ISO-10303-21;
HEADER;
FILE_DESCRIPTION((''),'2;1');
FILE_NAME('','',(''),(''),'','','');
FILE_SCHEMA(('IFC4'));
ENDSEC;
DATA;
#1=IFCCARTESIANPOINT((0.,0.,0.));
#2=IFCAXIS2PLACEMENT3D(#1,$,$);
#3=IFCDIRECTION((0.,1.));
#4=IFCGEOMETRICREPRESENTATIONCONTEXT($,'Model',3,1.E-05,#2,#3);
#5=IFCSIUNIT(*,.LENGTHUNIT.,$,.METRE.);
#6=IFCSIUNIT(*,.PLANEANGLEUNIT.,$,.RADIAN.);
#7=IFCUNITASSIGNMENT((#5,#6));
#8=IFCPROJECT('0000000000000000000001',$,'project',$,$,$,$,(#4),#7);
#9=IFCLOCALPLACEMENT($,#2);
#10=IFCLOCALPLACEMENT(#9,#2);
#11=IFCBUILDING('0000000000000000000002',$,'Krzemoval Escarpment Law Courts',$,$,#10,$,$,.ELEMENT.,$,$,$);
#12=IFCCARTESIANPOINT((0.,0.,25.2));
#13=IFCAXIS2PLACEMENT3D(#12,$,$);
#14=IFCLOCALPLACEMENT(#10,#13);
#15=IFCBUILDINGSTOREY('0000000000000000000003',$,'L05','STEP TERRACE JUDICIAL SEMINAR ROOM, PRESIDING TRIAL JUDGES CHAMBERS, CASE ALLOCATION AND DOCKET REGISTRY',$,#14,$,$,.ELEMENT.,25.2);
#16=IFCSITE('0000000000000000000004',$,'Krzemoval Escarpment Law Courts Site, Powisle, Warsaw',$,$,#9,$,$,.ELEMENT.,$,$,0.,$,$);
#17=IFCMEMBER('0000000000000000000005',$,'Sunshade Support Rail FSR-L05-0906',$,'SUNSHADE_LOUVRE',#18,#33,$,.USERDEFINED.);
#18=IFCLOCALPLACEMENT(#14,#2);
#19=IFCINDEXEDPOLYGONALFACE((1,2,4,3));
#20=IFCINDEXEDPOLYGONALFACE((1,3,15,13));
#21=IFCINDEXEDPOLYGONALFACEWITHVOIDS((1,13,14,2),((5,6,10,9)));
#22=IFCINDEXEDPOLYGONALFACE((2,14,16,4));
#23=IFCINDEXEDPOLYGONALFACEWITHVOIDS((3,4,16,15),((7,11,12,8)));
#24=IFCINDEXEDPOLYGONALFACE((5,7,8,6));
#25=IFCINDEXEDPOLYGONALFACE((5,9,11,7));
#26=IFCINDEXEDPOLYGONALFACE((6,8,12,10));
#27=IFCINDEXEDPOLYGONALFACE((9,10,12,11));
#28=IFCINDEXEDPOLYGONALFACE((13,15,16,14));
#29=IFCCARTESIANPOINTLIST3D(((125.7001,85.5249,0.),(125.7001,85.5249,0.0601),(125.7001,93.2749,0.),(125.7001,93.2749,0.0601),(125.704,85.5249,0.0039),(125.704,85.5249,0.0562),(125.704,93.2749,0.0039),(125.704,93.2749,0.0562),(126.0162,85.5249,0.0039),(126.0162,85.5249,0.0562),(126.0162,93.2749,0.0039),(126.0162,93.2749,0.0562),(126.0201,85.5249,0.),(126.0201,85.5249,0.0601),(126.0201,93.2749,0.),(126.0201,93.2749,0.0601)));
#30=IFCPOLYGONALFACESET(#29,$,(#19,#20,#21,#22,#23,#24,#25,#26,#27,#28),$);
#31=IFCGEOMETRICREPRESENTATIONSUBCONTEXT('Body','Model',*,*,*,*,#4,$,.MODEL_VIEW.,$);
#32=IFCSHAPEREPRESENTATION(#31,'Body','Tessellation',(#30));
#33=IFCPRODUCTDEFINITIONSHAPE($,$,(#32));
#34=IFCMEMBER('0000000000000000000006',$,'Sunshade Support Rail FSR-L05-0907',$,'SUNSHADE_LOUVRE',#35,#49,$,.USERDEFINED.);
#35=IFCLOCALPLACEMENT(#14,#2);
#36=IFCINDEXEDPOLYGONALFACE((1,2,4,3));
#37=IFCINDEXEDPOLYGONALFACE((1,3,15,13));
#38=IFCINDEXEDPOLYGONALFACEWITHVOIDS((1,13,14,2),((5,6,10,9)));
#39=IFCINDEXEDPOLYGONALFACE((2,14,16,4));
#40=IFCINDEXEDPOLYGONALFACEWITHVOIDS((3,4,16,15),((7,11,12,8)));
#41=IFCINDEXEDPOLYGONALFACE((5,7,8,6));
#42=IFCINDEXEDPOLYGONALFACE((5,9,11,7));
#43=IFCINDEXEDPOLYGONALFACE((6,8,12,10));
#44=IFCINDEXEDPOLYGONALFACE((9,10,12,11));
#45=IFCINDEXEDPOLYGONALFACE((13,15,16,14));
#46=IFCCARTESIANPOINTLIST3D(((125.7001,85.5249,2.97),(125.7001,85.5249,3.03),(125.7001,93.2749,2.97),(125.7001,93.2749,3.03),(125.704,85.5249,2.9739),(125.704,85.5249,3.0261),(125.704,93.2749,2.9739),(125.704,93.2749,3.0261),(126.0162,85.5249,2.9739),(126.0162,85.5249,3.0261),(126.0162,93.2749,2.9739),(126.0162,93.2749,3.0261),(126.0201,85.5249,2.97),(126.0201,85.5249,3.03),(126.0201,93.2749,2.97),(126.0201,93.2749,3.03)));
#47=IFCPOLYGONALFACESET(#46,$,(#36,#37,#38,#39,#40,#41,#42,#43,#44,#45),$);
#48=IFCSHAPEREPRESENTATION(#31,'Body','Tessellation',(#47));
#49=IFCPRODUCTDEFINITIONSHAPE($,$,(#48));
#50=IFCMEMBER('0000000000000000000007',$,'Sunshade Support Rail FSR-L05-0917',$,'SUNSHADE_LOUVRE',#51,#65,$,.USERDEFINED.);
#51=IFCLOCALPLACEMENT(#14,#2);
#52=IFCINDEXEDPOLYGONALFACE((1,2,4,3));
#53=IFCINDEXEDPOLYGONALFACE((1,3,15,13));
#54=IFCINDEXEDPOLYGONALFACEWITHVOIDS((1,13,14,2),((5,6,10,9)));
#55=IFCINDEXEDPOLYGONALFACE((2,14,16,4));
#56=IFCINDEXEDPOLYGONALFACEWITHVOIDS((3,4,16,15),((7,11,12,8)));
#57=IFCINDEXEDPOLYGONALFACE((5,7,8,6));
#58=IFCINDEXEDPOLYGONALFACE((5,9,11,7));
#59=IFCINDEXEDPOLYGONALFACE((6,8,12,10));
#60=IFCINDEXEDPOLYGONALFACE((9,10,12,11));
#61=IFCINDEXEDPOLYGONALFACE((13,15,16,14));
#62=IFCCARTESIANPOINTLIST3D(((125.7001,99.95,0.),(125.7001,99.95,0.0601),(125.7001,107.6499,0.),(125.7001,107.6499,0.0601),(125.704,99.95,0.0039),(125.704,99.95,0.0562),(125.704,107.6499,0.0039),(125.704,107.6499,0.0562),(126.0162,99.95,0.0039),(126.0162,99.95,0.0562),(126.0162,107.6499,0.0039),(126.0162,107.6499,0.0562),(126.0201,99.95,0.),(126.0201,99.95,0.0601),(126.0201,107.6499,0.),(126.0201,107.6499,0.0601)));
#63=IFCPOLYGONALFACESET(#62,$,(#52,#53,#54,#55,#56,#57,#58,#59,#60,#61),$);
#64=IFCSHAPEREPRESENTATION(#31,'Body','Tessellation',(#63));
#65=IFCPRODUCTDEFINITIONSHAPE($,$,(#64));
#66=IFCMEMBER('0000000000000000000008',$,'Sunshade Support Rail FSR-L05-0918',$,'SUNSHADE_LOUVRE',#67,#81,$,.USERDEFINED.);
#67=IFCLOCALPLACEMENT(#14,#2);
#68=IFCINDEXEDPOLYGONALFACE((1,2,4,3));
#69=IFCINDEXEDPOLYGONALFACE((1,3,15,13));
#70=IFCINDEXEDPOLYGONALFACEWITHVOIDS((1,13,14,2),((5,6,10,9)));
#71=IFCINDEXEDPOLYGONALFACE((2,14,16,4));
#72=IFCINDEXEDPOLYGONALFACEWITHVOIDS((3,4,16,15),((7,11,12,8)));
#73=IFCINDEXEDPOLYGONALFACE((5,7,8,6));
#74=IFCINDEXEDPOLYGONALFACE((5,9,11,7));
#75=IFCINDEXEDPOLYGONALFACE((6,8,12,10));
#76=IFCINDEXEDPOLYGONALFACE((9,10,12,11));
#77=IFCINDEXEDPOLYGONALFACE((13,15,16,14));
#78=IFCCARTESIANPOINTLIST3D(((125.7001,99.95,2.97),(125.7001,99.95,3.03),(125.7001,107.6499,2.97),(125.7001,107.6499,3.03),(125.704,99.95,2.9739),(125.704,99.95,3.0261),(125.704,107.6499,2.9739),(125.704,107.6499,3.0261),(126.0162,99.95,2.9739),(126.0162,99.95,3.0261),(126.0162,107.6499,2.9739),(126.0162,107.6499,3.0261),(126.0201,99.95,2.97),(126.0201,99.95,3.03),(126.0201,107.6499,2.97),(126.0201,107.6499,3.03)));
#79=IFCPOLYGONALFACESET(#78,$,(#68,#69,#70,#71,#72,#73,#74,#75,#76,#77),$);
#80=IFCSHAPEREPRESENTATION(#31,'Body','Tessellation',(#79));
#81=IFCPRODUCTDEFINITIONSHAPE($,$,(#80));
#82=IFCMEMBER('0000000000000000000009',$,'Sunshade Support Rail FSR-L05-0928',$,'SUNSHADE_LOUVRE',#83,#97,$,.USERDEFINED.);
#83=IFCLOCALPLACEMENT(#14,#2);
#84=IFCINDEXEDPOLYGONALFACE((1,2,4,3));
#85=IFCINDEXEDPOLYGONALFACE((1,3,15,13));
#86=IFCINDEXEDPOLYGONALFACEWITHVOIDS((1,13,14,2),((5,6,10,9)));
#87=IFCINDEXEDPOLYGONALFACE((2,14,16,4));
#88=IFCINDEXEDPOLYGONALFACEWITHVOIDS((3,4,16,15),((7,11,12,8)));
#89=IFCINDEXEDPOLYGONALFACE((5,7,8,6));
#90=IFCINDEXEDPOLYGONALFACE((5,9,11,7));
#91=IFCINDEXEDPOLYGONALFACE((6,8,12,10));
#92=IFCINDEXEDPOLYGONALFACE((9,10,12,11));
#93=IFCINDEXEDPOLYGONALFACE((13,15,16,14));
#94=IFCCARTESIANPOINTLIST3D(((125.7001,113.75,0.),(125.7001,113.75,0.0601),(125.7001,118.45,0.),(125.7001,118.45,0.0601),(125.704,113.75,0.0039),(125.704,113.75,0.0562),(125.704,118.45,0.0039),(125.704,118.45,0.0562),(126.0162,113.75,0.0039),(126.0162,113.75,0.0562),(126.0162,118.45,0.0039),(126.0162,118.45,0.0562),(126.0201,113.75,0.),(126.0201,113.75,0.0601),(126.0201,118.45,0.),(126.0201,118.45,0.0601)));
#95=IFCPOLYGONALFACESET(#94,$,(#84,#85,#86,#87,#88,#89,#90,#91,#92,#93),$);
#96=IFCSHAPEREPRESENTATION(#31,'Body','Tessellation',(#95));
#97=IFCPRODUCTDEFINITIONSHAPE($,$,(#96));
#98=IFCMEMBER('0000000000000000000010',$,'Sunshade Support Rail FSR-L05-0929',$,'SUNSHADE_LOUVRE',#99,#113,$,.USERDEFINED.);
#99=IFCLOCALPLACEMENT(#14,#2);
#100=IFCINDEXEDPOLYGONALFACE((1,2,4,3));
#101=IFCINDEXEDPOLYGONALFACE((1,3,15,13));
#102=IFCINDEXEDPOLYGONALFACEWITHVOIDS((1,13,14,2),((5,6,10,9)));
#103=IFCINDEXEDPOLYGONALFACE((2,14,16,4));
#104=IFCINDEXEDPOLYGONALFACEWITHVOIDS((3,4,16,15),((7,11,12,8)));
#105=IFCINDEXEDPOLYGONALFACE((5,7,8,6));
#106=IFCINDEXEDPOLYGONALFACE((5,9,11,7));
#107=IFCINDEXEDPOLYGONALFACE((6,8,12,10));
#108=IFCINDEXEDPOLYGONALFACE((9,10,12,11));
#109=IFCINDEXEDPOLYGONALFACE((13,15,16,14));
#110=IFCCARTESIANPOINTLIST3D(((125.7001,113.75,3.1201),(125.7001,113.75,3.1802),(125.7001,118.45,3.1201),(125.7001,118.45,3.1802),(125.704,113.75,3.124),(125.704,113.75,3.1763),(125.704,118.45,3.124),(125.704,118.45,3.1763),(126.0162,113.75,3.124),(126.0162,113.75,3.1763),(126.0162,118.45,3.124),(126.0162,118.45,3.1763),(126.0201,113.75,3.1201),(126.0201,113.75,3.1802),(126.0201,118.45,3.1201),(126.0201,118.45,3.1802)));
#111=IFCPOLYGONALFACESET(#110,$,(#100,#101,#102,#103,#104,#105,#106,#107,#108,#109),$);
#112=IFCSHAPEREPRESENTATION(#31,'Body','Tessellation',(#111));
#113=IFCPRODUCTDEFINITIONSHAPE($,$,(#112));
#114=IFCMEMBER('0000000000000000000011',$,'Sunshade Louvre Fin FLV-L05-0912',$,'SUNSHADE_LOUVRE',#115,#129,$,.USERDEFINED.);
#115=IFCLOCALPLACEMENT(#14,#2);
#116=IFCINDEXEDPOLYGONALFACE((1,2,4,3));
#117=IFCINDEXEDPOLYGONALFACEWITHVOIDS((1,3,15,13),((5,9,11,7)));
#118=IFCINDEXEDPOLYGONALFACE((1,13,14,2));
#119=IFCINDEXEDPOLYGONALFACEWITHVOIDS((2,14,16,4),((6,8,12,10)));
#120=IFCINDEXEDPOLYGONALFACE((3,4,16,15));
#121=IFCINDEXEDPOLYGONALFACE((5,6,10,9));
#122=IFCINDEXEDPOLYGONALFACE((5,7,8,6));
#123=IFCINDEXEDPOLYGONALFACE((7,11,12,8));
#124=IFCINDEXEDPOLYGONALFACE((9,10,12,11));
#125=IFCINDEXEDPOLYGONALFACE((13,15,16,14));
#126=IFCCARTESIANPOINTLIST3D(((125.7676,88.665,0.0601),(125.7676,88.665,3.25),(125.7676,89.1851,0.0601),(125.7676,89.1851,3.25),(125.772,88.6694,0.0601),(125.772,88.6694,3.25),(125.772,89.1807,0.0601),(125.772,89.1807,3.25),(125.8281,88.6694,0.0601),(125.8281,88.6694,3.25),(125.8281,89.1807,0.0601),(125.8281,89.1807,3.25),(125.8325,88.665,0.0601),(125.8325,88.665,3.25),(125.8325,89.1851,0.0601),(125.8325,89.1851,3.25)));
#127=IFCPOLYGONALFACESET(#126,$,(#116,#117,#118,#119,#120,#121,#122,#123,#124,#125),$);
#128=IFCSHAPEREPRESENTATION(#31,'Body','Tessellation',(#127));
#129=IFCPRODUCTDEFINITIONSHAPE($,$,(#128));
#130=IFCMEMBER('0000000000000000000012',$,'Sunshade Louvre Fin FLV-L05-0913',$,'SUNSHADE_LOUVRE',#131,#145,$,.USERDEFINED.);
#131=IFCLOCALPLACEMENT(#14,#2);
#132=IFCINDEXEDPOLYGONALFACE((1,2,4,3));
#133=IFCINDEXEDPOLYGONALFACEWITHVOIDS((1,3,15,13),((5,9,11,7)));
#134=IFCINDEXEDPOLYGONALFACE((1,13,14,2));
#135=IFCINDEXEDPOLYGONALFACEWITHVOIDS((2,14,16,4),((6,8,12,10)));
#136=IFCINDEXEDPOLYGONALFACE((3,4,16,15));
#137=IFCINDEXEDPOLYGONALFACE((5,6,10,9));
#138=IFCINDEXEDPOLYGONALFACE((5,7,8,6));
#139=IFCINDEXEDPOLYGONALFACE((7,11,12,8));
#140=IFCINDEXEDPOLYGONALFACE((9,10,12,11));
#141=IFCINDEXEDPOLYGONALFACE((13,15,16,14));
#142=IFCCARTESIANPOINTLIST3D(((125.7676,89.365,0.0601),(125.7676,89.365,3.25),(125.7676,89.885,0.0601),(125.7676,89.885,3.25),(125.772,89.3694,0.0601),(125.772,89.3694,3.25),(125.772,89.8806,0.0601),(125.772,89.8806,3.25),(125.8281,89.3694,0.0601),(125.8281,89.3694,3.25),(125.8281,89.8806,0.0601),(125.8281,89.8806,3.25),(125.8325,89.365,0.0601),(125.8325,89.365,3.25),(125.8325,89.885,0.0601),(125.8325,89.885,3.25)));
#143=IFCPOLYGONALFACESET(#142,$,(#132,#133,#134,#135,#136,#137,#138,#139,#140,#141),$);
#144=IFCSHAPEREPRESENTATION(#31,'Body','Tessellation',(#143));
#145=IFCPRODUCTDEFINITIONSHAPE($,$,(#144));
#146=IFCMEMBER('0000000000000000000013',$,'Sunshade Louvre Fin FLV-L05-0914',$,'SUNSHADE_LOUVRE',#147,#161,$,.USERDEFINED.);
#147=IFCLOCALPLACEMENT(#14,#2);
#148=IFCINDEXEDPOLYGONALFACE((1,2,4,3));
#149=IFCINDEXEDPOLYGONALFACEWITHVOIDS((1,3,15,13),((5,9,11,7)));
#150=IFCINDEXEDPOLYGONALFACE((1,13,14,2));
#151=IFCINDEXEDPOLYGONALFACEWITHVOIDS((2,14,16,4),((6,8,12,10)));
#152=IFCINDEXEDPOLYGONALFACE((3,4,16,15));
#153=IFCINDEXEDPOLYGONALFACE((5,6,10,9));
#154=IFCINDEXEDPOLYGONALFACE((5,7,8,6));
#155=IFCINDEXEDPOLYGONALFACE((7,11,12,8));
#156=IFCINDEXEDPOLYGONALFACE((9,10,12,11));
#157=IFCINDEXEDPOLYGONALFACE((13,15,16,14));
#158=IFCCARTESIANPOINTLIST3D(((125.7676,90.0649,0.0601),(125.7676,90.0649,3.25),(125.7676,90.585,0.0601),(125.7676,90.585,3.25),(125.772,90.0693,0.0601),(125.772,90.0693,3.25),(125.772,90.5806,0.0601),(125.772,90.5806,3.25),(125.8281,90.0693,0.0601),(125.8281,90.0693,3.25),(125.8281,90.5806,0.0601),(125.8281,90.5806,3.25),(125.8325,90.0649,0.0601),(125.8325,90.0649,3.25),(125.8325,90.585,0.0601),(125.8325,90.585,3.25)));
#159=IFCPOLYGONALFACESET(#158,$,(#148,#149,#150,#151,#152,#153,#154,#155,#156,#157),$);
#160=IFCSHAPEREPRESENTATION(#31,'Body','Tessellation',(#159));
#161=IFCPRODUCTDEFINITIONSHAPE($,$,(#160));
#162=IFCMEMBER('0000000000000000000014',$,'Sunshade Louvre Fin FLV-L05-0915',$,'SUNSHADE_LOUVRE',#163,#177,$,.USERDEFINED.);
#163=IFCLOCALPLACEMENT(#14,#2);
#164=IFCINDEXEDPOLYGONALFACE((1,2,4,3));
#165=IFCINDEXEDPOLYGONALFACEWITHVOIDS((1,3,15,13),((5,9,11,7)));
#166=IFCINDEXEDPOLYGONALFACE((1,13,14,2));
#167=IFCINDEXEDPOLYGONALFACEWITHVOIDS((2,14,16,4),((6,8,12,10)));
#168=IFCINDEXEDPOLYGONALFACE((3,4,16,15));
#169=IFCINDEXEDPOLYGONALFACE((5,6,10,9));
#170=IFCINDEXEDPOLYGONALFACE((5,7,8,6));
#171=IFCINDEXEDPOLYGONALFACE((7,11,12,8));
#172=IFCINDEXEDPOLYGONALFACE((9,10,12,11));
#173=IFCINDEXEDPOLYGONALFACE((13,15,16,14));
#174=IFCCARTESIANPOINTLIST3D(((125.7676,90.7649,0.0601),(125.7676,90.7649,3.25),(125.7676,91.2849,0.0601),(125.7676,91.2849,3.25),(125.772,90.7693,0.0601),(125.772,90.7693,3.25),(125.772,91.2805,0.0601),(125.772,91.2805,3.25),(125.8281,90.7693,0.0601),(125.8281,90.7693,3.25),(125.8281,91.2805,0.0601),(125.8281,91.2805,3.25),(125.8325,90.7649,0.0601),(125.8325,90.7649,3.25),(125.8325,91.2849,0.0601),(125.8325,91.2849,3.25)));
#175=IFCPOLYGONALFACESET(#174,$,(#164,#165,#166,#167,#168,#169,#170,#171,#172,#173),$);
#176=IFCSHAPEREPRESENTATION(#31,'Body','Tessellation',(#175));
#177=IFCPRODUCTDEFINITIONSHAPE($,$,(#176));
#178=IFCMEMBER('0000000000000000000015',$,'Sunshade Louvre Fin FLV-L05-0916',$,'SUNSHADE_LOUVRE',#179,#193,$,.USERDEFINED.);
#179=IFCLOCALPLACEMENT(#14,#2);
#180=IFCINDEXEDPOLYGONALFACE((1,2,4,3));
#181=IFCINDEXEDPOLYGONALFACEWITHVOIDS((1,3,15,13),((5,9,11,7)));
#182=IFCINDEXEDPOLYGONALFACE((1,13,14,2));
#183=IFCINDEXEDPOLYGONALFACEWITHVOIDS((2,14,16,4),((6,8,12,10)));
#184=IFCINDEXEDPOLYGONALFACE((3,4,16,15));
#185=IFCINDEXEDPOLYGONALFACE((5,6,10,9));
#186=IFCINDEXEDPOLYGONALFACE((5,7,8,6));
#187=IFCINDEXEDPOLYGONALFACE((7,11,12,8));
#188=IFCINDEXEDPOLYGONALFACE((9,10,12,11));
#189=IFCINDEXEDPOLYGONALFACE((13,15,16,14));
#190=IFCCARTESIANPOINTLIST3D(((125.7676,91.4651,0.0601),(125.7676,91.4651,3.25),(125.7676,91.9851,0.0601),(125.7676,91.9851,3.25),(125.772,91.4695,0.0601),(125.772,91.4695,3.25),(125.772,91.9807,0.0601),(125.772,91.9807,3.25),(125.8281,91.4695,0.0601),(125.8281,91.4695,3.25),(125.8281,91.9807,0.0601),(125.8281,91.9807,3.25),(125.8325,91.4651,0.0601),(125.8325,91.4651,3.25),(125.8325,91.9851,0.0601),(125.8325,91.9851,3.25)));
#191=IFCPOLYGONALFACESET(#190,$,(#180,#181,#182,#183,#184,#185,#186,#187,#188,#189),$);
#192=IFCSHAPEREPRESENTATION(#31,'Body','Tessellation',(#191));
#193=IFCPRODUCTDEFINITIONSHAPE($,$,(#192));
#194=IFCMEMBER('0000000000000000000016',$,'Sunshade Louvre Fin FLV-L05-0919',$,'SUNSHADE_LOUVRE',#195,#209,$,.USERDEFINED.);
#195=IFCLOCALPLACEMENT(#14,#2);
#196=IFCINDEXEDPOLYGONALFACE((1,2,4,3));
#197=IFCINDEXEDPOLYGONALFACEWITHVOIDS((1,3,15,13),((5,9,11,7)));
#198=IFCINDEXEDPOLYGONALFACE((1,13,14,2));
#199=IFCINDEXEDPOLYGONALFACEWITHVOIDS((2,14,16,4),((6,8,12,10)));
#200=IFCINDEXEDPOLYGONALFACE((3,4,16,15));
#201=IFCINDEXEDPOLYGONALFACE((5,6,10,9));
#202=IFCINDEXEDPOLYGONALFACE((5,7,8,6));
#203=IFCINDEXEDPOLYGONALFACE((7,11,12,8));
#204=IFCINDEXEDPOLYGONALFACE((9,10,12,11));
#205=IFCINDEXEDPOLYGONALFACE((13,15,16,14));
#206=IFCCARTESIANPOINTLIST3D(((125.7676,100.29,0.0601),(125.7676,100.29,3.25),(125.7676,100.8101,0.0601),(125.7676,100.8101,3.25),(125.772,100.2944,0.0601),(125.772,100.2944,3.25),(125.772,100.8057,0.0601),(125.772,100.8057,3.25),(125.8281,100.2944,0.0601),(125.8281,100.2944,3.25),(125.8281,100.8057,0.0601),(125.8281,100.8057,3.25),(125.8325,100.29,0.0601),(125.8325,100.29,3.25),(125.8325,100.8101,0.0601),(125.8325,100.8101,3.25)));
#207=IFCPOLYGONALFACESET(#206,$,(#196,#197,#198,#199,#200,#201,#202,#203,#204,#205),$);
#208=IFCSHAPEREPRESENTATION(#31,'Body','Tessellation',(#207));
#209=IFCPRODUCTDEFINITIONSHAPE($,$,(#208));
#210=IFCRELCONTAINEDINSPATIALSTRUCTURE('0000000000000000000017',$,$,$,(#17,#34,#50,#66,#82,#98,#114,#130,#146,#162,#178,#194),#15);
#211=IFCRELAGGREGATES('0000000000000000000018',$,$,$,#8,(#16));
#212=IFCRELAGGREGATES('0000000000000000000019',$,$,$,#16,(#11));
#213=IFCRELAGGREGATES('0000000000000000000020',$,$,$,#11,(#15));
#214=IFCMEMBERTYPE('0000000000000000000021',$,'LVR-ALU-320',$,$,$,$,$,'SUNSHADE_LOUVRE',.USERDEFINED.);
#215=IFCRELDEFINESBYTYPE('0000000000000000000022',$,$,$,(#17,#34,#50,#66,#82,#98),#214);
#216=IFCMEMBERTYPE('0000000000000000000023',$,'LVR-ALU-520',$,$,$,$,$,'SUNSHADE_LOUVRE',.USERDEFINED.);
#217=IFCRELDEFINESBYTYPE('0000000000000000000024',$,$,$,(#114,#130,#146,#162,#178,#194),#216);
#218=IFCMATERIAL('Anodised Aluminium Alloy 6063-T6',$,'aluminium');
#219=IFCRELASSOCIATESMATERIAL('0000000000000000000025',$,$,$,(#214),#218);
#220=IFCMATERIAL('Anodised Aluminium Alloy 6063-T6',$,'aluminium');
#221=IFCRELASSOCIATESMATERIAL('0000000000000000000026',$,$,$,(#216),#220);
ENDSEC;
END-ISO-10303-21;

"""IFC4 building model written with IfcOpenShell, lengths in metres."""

from ifc_helpers import new_model, si_unit, direction, frame, origin, origin_2d, place, context, subcontext, project, spatial, hollow_rectangle, extrude, material, material_profile, profile_set, type_object, element, save


model = new_model("IFC4")

# Units and contexts
model_context = context("Model", 3, precision=1e-05, world=origin(), true_north=direction((0.0, 1.0)))
body_context = subcontext(model_context, "Body", "Model", "MODEL_VIEW")
ifc_project = project(units=[si_unit("LENGTHUNIT", "METRE"), si_unit("PLANEANGLEUNIT", "RADIAN")], contexts=[model_context])

# Site, building, storey
site_placement = place(None, origin())
site = spatial("IfcSite", under=ifc_project, at=site_placement, Name="Krzemoval Escarpment Law Courts Site, Powisle, Warsaw", CompositionType="ELEMENT", RefElevation=0.0)
building_placement = place(site_placement, origin())
building = spatial("IfcBuilding", under=site, at=building_placement, Name="Krzemoval Escarpment Law Courts", CompositionType="ELEMENT")
storey_placement = place(building_placement, frame((0.0, 0.0, 25.2)))
storey = spatial("IfcBuildingStorey", under=building, at=storey_placement, Name="L05", Description="STEP TERRACE JUDICIAL SEMINAR ROOM, PRESIDING TRIAL JUDGES CHAMBERS, CASE ALLOCATION AND DOCKET REGISTRY", CompositionType="ELEMENT", Elevation=25.2)

# Members
ifc_material_1 = material(Name="Anodised Aluminium Alloy 6063-T6", Category="aluminium")
ifc_material_profile_1 = material_profile(ifc_material_1, hollow_rectangle(XDim=0.0601, YDim=0.3201, WallThickness=0.0039, at=origin_2d()), Name="ALU LVR 60x320")
ifc_profile_set_1 = profile_set([ifc_material_profile_1], Name="Anodised Aluminium Alloy 6063-T6")
member_type_1 = type_object("IfcMemberType", Name="LVR-ALU-320", ElementType="SUNSHADE_LOUVRE", PredefinedType="USERDEFINED", material=ifc_profile_set_1)
for number, where, z_axis, x_axis, name in (
    (1, (125.8601, 85.5249, 0.03), (0.0, 1.0, 0.0), (0.0, 0.0, 1.0), "Sunshade Support Rail FSR-L05-0906"),
    (2, (125.8601, 85.5249, 3.0), (0.0, 1.0, 0.0), (0.0, 0.0, 1.0), "Sunshade Support Rail FSR-L05-0907"),
):
    element("IfcMember", number, at=place(storey_placement, frame(where, z_axis=z_axis, x_axis=x_axis)), inside=storey, type_object=member_type_1, Name=name, ObjectType="SUNSHADE_LOUVRE", PredefinedType="USERDEFINED", context=body_context, shape_type="SweptSolid", body=[
        extrude(hollow_rectangle(XDim=0.0601, YDim=0.3201, WallThickness=0.0039, at=origin_2d()), origin(), (0.0, 0.0, 1.0), 7.75),
    ])
for number, where, z_axis, x_axis, name in (
    (3, (125.8601, 99.95, 0.03), (0.0, 1.0, 0.0), (0.0, 0.0, 1.0), "Sunshade Support Rail FSR-L05-0917"),
    (4, (125.8601, 99.95, 3.0), (0.0, 1.0, 0.0), (0.0, 0.0, 1.0), "Sunshade Support Rail FSR-L05-0918"),
):
    element("IfcMember", number, at=place(storey_placement, frame(where, z_axis=z_axis, x_axis=x_axis)), inside=storey, type_object=member_type_1, Name=name, ObjectType="SUNSHADE_LOUVRE", PredefinedType="USERDEFINED", context=body_context, shape_type="SweptSolid", body=[
        extrude(hollow_rectangle(XDim=0.0601, YDim=0.3201, WallThickness=0.0039, at=origin_2d()), origin(), (0.0, 0.0, 1.0), 7.7),
    ])
for number, where, z_axis, x_axis, name in (
    (5, (125.8601, 113.75, 0.03), (0.0, 1.0, 0.0), (0.0, 0.0, 1.0), "Sunshade Support Rail FSR-L05-0928"),
    (6, (125.8601, 113.75, 3.1501), (0.0, 1.0, 0.0), (0.0, 0.0, 1.0), "Sunshade Support Rail FSR-L05-0929"),
):
    element("IfcMember", number, at=place(storey_placement, frame(where, z_axis=z_axis, x_axis=x_axis)), inside=storey, type_object=member_type_1, Name=name, ObjectType="SUNSHADE_LOUVRE", PredefinedType="USERDEFINED", context=body_context, shape_type="SweptSolid", body=[
        extrude(hollow_rectangle(XDim=0.0601, YDim=0.3201, WallThickness=0.0039, at=origin_2d()), origin(), (0.0, 0.0, 1.0), 4.7),
    ])
ifc_material_2 = material(Name="Anodised Aluminium Alloy 6063-T6", Category="aluminium")
ifc_material_profile_2 = material_profile(ifc_material_2, hollow_rectangle(XDim=0.0649, YDim=0.52, WallThickness=0.0044, at=origin_2d()), Name="ALU LVR 65x520")
ifc_profile_set_2 = profile_set([ifc_material_profile_2], Name="Anodised Aluminium Alloy 6063-T6")
member_type_2 = type_object("IfcMemberType", Name="LVR-ALU-520", ElementType="SUNSHADE_LOUVRE", PredefinedType="USERDEFINED", material=ifc_profile_set_2)
for number, where, z_axis, x_axis, name in (
    (7, (125.8, 88.925, 0.0601), (0.0, 0.0, 1.0), (1.0, 0.0, 0.0), "Sunshade Louvre Fin FLV-L05-0912"),
    (8, (125.8, 89.625, 0.0601), (0.0, 0.0, 1.0), (1.0, 0.0, 0.0), "Sunshade Louvre Fin FLV-L05-0913"),
    (9, (125.8, 90.325, 0.0601), (0.0, 0.0, 1.0), (1.0, 0.0, 0.0), "Sunshade Louvre Fin FLV-L05-0914"),
    (10, (125.8, 91.0249, 0.0601), (0.0, 0.0, 1.0), (1.0, 0.0, 0.0), "Sunshade Louvre Fin FLV-L05-0915"),
    (11, (125.8, 91.7251, 0.0601), (0.0, 0.0, 1.0), (1.0, 0.0, 0.0), "Sunshade Louvre Fin FLV-L05-0916"),
    (12, (125.8, 100.55, 0.0601), (0.0, 0.0, 1.0), (1.0, 0.0, 0.0), "Sunshade Louvre Fin FLV-L05-0919"),
):
    element("IfcMember", number, at=place(storey_placement, frame(where, z_axis=z_axis, x_axis=x_axis)), inside=storey, type_object=member_type_2, Name=name, ObjectType="SUNSHADE_LOUVRE", PredefinedType="USERDEFINED", context=body_context, shape_type="SweptSolid", body=[
        extrude(hollow_rectangle(XDim=0.0649, YDim=0.52, WallThickness=0.0044, at=origin_2d()), origin(), (0.0, 0.0, 1.0), 3.1899),
    ])

save(model, "model.ifc")
